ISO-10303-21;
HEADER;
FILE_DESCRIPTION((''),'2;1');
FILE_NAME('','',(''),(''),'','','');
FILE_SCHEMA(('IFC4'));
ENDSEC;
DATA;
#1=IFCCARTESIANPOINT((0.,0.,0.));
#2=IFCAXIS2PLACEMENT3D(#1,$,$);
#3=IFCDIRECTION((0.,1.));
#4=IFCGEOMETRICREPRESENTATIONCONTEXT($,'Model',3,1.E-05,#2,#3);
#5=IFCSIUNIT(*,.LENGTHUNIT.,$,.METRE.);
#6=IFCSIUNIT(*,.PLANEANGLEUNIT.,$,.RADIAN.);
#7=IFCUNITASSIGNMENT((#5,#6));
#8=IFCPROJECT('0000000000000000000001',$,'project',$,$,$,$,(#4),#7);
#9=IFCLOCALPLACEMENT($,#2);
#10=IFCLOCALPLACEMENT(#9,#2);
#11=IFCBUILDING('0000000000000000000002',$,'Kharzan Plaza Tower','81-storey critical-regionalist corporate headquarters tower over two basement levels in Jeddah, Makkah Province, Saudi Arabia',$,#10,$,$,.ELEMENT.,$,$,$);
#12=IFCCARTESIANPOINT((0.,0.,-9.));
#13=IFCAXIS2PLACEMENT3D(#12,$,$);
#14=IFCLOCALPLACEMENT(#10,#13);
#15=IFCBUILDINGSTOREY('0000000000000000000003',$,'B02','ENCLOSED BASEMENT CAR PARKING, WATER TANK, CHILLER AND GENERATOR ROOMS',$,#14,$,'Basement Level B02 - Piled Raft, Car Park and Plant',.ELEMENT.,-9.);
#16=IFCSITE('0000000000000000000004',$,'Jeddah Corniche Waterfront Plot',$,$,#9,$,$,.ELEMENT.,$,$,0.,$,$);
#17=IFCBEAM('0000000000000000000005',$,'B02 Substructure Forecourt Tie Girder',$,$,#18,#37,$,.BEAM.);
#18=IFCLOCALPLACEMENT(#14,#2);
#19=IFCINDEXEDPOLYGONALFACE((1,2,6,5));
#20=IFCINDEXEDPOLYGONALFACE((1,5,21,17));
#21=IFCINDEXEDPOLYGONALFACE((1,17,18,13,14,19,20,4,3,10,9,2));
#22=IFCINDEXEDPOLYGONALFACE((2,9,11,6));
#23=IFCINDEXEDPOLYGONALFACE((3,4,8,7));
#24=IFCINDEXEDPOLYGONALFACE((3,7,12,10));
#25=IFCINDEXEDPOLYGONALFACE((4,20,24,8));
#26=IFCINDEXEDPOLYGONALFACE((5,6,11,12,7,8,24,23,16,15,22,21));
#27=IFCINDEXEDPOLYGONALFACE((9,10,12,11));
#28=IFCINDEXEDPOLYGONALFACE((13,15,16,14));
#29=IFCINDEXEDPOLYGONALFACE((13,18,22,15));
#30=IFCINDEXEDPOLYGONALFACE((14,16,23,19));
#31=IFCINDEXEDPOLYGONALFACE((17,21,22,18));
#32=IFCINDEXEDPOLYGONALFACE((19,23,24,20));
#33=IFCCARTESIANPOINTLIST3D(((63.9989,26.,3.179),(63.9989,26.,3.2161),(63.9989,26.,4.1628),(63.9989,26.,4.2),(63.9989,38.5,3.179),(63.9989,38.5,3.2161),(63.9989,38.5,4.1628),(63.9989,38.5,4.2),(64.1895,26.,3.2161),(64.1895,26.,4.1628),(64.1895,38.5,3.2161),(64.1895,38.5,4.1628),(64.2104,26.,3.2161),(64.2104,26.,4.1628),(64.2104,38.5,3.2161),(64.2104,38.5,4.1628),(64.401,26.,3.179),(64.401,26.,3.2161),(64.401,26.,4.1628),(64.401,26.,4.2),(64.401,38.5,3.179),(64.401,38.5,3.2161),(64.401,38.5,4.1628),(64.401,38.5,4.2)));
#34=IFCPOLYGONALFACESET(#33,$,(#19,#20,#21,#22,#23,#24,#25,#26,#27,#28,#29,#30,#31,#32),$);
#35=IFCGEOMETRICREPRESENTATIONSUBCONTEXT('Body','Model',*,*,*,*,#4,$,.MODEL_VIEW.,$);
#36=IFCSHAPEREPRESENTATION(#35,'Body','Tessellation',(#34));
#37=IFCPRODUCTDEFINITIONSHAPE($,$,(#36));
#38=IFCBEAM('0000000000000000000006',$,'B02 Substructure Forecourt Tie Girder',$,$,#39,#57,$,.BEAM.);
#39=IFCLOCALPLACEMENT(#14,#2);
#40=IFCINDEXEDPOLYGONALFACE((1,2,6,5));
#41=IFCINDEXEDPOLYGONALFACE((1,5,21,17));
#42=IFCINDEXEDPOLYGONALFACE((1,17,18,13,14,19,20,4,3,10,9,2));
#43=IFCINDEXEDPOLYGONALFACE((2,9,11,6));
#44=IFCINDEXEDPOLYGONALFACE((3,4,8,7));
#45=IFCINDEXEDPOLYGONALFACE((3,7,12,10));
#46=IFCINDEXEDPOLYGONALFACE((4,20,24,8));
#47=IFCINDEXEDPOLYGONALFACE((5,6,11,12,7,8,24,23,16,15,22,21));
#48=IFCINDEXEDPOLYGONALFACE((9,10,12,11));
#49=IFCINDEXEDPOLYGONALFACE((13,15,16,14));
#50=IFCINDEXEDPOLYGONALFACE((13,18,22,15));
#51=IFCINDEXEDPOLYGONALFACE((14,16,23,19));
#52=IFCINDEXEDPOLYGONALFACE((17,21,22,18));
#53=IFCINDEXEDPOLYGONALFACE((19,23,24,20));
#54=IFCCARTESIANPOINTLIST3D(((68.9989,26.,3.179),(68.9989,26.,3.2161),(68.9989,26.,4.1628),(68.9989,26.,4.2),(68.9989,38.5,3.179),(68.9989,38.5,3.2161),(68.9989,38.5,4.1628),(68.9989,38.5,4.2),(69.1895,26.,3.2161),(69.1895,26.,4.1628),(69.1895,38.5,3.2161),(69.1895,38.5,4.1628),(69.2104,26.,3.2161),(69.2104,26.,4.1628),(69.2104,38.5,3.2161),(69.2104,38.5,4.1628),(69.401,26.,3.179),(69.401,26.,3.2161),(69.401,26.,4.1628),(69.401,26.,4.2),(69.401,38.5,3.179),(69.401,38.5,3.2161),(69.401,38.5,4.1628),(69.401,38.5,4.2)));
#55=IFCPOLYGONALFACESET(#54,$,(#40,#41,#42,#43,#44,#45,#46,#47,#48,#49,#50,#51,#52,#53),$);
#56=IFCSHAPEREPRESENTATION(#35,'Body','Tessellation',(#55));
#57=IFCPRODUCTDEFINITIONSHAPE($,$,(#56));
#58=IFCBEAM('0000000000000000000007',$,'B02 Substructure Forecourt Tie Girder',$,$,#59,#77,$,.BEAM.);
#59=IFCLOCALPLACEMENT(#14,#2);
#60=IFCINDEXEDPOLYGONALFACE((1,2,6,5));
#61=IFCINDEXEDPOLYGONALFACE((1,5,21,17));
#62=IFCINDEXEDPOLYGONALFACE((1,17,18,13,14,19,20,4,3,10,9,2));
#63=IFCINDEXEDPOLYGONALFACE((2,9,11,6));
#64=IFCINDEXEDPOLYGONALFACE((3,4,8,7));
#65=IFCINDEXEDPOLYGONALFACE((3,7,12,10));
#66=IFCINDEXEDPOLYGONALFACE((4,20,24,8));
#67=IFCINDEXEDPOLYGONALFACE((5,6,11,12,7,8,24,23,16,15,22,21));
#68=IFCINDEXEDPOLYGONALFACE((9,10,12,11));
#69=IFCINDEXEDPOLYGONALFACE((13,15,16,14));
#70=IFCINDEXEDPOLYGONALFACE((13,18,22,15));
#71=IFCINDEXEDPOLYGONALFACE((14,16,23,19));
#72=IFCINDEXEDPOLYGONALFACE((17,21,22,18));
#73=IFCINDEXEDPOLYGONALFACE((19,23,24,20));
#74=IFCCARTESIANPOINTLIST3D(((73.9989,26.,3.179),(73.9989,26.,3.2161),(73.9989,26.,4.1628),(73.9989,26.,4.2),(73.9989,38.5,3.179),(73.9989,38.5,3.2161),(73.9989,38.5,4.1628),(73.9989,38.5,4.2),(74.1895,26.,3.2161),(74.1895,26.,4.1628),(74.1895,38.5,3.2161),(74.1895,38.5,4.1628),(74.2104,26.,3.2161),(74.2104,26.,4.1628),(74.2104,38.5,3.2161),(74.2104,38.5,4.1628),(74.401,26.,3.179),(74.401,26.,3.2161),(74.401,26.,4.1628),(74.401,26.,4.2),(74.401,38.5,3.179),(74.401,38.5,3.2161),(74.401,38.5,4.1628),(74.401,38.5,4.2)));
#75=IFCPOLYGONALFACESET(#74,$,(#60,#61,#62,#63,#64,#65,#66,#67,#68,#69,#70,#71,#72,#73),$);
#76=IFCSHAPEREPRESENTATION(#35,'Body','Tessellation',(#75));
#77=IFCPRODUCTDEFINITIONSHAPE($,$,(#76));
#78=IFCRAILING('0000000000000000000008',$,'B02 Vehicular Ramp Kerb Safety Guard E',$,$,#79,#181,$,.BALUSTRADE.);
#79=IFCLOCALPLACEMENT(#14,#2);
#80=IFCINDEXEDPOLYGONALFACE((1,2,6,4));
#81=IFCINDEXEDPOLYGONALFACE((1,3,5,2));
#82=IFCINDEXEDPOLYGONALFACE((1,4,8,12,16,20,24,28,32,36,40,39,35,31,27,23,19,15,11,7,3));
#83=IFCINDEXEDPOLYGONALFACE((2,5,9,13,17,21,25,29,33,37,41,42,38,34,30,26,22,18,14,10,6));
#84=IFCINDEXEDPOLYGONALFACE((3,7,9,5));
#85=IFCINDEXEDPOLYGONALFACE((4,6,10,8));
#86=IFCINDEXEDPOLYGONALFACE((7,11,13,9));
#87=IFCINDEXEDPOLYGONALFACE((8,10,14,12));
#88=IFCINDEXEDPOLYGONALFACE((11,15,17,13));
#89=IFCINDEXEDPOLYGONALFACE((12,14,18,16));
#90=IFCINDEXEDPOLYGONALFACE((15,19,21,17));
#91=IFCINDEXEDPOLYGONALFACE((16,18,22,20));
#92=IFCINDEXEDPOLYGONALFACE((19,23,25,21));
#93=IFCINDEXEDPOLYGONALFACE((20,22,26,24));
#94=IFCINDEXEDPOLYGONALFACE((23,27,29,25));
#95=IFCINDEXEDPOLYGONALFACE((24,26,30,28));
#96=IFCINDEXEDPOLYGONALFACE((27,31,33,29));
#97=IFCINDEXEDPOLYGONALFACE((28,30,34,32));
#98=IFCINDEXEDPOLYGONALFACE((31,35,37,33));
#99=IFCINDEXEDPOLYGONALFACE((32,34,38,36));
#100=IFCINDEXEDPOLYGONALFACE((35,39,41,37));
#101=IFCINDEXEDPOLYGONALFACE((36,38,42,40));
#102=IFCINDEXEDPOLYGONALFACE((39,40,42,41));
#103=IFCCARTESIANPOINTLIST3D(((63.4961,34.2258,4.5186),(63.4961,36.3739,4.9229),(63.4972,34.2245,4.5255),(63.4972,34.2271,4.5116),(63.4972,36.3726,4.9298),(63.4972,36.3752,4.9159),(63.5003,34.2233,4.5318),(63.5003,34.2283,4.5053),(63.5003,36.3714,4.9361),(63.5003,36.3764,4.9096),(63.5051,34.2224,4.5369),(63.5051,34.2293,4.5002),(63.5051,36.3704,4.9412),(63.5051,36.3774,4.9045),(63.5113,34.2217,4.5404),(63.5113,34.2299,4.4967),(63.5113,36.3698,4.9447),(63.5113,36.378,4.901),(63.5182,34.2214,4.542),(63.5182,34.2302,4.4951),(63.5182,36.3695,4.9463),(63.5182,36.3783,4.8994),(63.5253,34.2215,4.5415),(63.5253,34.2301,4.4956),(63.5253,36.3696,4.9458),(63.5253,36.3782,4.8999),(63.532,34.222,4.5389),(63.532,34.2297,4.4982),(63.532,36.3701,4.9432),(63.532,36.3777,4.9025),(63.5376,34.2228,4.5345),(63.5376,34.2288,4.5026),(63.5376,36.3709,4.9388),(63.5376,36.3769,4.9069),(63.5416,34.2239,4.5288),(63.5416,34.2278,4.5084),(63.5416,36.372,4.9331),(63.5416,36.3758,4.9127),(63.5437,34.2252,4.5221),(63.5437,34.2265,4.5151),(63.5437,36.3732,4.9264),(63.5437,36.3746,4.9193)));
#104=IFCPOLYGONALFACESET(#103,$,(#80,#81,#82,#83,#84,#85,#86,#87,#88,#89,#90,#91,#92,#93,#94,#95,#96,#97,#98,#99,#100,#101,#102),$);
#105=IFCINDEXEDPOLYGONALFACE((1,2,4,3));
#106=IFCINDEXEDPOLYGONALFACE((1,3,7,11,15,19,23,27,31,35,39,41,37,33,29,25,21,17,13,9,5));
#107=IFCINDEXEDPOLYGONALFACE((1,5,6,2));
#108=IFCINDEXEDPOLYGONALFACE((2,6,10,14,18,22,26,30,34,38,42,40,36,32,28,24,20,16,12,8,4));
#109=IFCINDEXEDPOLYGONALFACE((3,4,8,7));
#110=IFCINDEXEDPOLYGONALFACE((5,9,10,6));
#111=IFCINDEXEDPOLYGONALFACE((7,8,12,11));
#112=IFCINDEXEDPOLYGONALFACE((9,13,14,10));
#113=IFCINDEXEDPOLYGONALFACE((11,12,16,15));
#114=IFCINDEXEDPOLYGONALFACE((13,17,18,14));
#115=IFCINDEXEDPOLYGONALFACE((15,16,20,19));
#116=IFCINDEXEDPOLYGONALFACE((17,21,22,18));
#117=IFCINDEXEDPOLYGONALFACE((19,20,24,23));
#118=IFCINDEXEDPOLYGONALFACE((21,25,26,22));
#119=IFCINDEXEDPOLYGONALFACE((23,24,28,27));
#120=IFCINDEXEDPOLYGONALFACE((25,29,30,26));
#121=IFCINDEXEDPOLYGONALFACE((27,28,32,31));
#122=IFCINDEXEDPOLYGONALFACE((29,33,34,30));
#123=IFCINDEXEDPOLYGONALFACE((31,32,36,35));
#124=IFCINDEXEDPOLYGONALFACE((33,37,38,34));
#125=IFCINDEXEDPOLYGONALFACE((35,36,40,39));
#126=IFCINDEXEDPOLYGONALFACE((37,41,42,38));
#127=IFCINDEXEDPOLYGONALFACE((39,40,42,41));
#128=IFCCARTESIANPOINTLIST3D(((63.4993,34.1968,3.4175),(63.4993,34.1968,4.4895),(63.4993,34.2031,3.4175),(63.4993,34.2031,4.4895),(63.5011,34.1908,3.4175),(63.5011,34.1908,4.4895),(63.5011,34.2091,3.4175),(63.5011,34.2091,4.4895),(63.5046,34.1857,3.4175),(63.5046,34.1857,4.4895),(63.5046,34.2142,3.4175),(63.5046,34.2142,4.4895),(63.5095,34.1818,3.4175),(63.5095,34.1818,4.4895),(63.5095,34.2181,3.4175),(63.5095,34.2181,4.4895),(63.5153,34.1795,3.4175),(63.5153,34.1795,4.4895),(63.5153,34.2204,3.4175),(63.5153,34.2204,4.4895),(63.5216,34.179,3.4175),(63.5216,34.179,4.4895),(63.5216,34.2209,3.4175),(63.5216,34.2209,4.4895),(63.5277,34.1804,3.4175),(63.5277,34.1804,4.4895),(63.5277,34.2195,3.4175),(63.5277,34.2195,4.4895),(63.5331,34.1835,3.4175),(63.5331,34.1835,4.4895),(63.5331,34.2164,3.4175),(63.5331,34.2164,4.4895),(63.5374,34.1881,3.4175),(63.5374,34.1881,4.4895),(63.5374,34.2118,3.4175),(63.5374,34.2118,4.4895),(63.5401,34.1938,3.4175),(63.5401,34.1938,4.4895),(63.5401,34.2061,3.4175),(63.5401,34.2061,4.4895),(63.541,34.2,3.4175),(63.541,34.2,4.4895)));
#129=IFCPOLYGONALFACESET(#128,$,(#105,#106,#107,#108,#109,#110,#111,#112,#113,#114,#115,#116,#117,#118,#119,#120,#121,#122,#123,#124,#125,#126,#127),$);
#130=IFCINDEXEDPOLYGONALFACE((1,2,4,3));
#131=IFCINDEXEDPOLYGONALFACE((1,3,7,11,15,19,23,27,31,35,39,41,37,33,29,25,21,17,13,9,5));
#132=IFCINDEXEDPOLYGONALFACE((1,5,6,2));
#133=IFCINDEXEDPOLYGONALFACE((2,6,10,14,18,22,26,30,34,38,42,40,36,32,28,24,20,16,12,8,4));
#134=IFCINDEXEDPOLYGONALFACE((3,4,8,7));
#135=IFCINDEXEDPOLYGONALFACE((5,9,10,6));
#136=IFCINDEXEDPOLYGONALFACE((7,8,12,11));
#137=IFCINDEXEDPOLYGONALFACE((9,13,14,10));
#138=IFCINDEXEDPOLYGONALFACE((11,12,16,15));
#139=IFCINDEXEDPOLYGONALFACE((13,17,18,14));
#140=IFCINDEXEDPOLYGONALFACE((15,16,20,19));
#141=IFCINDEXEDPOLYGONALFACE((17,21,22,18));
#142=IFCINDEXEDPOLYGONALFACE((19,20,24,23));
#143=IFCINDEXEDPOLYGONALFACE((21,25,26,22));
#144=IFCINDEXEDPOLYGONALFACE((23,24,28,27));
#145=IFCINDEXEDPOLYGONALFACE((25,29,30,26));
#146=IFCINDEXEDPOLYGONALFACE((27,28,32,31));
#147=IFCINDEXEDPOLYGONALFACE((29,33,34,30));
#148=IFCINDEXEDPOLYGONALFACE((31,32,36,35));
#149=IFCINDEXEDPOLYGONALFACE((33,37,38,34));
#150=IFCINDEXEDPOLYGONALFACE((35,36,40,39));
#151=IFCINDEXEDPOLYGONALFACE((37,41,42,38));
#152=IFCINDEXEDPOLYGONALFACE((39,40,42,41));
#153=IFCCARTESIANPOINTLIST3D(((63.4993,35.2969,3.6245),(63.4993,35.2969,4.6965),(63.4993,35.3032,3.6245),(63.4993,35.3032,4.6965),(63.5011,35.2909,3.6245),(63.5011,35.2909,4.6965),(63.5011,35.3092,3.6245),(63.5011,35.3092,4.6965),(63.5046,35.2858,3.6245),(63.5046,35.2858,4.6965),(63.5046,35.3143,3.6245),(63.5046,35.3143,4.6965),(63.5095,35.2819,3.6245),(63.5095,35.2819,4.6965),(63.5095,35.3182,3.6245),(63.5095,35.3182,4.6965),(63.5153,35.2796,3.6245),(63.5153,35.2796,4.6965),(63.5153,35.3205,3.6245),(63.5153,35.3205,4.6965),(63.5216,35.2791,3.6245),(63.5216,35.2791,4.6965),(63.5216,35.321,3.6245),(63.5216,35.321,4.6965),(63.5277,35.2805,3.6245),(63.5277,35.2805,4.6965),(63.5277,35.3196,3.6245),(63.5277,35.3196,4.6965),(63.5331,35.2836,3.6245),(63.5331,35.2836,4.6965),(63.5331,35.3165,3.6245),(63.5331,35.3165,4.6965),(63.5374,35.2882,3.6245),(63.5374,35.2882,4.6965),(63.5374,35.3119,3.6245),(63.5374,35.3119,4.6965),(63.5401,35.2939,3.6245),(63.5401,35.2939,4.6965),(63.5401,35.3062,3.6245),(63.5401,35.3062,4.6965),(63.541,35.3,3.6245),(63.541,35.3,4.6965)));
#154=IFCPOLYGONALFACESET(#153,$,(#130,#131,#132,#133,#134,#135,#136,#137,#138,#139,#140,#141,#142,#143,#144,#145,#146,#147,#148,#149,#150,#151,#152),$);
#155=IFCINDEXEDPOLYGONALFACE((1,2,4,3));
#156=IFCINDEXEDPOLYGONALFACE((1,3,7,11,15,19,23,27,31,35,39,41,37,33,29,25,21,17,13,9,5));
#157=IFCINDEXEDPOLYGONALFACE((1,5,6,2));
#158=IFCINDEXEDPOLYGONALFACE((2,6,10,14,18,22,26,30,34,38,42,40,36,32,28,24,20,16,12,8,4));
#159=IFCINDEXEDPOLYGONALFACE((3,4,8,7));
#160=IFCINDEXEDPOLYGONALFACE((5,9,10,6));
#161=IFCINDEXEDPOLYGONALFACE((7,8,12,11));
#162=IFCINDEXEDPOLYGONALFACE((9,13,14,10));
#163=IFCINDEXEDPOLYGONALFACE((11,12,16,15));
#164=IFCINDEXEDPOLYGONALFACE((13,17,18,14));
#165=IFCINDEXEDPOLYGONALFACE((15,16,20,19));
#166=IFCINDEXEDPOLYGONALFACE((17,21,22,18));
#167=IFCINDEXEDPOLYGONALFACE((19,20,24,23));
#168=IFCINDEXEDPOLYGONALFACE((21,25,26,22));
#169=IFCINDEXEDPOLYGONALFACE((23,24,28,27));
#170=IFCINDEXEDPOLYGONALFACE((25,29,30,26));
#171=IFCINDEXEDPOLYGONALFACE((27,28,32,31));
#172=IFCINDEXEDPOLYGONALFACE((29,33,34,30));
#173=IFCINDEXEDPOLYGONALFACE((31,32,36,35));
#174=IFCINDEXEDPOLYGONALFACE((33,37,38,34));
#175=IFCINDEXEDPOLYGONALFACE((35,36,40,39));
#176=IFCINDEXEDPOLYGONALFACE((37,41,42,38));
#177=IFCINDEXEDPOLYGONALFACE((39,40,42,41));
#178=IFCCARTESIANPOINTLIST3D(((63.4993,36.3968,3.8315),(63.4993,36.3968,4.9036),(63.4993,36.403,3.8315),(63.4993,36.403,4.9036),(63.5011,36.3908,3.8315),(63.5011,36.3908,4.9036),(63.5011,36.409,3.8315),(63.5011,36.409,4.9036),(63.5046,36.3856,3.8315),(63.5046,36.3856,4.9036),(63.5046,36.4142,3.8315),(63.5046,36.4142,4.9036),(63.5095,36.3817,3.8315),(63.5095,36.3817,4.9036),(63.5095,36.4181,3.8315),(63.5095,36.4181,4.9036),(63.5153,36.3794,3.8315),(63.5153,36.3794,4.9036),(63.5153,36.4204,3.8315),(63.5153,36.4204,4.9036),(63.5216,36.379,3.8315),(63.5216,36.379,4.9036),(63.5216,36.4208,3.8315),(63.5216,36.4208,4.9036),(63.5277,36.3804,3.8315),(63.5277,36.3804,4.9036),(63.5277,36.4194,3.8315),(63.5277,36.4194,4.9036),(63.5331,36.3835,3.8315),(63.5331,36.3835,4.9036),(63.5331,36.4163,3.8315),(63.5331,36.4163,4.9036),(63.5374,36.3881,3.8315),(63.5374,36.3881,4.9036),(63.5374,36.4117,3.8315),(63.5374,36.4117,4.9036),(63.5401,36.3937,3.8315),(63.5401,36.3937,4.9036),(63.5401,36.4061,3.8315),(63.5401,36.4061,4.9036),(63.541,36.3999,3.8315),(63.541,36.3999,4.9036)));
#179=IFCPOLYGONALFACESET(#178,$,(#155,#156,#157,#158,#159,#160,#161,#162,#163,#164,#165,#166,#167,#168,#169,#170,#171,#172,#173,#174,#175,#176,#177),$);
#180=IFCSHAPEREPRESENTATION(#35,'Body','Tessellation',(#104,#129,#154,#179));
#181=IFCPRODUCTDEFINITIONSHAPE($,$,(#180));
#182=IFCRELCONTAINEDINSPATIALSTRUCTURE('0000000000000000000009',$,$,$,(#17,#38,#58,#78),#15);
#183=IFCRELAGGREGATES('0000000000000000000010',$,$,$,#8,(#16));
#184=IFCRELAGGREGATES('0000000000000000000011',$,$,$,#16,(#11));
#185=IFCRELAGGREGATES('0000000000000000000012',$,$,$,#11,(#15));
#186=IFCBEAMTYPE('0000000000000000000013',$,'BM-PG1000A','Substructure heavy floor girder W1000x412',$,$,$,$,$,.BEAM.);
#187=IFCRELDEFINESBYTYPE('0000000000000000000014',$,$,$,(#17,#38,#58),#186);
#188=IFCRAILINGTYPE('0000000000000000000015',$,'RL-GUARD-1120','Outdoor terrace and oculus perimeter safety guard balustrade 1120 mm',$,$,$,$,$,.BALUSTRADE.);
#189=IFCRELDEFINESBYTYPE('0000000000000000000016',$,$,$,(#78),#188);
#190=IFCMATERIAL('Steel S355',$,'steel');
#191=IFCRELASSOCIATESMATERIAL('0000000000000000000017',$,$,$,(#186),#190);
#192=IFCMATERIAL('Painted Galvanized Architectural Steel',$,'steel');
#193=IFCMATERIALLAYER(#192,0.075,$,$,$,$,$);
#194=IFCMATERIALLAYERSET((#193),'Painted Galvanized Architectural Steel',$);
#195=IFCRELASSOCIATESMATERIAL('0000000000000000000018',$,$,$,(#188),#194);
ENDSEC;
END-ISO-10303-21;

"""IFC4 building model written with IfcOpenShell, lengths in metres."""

from ifc_helpers import new_model, si_unit, direction, frame, origin, origin_2d, place, context, subcontext, project, spatial, circle, i_section, extrude, source, transform, mapped, material, layer, layer_set, material_profile, profile_set, type_object, element, save


model = new_model("IFC4")

# Units and contexts
model_context = context("Model", 3, precision=1e-05, world=origin(), true_north=direction((0.0, 1.0)))
body_context = subcontext(model_context, "Body", "Model", "MODEL_VIEW")
ifc_project = project(units=[si_unit("LENGTHUNIT", "METRE"), si_unit("PLANEANGLEUNIT", "RADIAN")], contexts=[model_context])

# Site, building, storey
site_placement = place(None, origin())
site = spatial("IfcSite", under=ifc_project, at=site_placement, Name="Jeddah Corniche Waterfront Plot", CompositionType="ELEMENT", RefElevation=0.0)
building_placement = place(site_placement, origin())
building = spatial("IfcBuilding", under=site, at=building_placement, Name="Kharzan Plaza Tower", Description="81-storey critical-regionalist corporate headquarters tower over two basement levels in Jeddah, Makkah Province, Saudi Arabia", CompositionType="ELEMENT")
storey_placement = place(building_placement, frame((0.0, 0.0, -9.0)))
storey = spatial("IfcBuildingStorey", under=building, at=storey_placement, Name="B02", Description="ENCLOSED BASEMENT CAR PARKING, WATER TANK, CHILLER AND GENERATOR ROOMS", LongName="Basement Level B02 - Piled Raft, Car Park and Plant", CompositionType="ELEMENT", Elevation=-9.0)

# Beams
ifc_material_1 = material(Name="Steel S355", Category="steel")
ifc_material_profile_1 = material_profile(ifc_material_1, i_section(OverallWidth=0.4021, OverallDepth=1.021, WebThickness=0.021, FlangeThickness=0.0371, at=origin_2d()), Name="W1000x412")
ifc_profile_set_1 = profile_set([ifc_material_profile_1], Name="Steel S355")
beam_type = type_object("IfcBeamType", Name="BM-PG1000A", Description="Substructure heavy floor girder W1000x412", PredefinedType="BEAM", material=ifc_profile_set_1)
shared_shape_1 = source(origin(), body_context, "Body", "SweptSolid", [
    extrude(i_section(OverallWidth=0.4021, OverallDepth=1.021, WebThickness=0.021, FlangeThickness=0.0371, at=origin_2d()), origin(), (0.0, 0.0, 1.0), 12.5),
])
for number, where, z_axis, x_axis, name in (
    (1, (64.2, 26.0, 3.6895), (0.0, 1.0, 0.0), (-1.0, 0.0, 0.0), "B02 Substructure Forecourt Tie Girder"),
    (2, (69.2, 26.0, 3.6895), (0.0, 1.0, 0.0), (-1.0, 0.0, 0.0), "B02 Substructure Forecourt Tie Girder"),
    (3, (74.2, 26.0, 3.6895), (0.0, 1.0, 0.0), (-1.0, 0.0, 0.0), "B02 Substructure Forecourt Tie Girder"),
):
    element("IfcBeam", number, at=place(storey_placement, frame(where, z_axis=z_axis, x_axis=x_axis)), inside=storey, type_object=beam_type, Name=name, PredefinedType="BEAM", context=body_context, shape_type="MappedRepresentation", body=[
        mapped(shared_shape_1, transform((0.0, 0.0, 0.0), x_axis=(1.0, 0.0, 0.0), y_axis=(0.0, 1.0, 0.0), z_axis=(0.0, 0.0, 1.0))),
    ])

# Railing
ifc_material_2 = material(Name="Painted Galvanized Architectural Steel", Category="steel")
ifc_layer_1 = layer(ifc_material_2, 0.075)
ifc_layer_set_1 = layer_set([ifc_layer_1], Name="Painted Galvanized Architectural Steel")
railing_type = type_object("IfcRailingType", Name="RL-GUARD-1120", Description="Outdoor terrace and oculus perimeter safety guard balustrade 1120 mm", PredefinedType="BALUSTRADE", material=ifc_layer_set_1)
shared_shape_2 = source(origin(), body_context, "Body", "SweptSolid", [
    extrude(circle(Radius=0.0239, at=origin_2d()), frame((0.0, 0.0259, 1.1011), z_axis=(0.0, 0.982745, 0.184967), x_axis=(-1.0, 0.0, 0.0)), (0.0, 0.0, 1.0), 2.1858),
    extrude(circle(Radius=0.021, at=origin_2d()), origin(), (0.0, 0.0, 1.0), 1.072),
    extrude(circle(Radius=0.021, at=origin_2d()), frame((0.0, 1.1001, 0.207)), (0.0, 0.0, 1.0), 1.072),
    extrude(circle(Radius=0.021, at=origin_2d()), frame((0.0, 2.2, 0.4141)), (0.0, 0.0, 1.0), 1.072),
])
for number, where, name in (
    (4, (63.52, 34.2, 3.4175), "B02 Vehicular Ramp Kerb Safety Guard E"),
):
    element("IfcRailing", number, at=place(storey_placement, frame(where)), inside=storey, type_object=railing_type, Name=name, PredefinedType="BALUSTRADE", context=body_context, shape_type="MappedRepresentation", body=[
        mapped(shared_shape_2, transform((0.0, 0.0, 0.0), x_axis=(1.0, 0.0, 0.0), y_axis=(0.0, 1.0, 0.0), z_axis=(0.0, 0.0, 1.0))),
    ])

save(model, "model.ifc")
